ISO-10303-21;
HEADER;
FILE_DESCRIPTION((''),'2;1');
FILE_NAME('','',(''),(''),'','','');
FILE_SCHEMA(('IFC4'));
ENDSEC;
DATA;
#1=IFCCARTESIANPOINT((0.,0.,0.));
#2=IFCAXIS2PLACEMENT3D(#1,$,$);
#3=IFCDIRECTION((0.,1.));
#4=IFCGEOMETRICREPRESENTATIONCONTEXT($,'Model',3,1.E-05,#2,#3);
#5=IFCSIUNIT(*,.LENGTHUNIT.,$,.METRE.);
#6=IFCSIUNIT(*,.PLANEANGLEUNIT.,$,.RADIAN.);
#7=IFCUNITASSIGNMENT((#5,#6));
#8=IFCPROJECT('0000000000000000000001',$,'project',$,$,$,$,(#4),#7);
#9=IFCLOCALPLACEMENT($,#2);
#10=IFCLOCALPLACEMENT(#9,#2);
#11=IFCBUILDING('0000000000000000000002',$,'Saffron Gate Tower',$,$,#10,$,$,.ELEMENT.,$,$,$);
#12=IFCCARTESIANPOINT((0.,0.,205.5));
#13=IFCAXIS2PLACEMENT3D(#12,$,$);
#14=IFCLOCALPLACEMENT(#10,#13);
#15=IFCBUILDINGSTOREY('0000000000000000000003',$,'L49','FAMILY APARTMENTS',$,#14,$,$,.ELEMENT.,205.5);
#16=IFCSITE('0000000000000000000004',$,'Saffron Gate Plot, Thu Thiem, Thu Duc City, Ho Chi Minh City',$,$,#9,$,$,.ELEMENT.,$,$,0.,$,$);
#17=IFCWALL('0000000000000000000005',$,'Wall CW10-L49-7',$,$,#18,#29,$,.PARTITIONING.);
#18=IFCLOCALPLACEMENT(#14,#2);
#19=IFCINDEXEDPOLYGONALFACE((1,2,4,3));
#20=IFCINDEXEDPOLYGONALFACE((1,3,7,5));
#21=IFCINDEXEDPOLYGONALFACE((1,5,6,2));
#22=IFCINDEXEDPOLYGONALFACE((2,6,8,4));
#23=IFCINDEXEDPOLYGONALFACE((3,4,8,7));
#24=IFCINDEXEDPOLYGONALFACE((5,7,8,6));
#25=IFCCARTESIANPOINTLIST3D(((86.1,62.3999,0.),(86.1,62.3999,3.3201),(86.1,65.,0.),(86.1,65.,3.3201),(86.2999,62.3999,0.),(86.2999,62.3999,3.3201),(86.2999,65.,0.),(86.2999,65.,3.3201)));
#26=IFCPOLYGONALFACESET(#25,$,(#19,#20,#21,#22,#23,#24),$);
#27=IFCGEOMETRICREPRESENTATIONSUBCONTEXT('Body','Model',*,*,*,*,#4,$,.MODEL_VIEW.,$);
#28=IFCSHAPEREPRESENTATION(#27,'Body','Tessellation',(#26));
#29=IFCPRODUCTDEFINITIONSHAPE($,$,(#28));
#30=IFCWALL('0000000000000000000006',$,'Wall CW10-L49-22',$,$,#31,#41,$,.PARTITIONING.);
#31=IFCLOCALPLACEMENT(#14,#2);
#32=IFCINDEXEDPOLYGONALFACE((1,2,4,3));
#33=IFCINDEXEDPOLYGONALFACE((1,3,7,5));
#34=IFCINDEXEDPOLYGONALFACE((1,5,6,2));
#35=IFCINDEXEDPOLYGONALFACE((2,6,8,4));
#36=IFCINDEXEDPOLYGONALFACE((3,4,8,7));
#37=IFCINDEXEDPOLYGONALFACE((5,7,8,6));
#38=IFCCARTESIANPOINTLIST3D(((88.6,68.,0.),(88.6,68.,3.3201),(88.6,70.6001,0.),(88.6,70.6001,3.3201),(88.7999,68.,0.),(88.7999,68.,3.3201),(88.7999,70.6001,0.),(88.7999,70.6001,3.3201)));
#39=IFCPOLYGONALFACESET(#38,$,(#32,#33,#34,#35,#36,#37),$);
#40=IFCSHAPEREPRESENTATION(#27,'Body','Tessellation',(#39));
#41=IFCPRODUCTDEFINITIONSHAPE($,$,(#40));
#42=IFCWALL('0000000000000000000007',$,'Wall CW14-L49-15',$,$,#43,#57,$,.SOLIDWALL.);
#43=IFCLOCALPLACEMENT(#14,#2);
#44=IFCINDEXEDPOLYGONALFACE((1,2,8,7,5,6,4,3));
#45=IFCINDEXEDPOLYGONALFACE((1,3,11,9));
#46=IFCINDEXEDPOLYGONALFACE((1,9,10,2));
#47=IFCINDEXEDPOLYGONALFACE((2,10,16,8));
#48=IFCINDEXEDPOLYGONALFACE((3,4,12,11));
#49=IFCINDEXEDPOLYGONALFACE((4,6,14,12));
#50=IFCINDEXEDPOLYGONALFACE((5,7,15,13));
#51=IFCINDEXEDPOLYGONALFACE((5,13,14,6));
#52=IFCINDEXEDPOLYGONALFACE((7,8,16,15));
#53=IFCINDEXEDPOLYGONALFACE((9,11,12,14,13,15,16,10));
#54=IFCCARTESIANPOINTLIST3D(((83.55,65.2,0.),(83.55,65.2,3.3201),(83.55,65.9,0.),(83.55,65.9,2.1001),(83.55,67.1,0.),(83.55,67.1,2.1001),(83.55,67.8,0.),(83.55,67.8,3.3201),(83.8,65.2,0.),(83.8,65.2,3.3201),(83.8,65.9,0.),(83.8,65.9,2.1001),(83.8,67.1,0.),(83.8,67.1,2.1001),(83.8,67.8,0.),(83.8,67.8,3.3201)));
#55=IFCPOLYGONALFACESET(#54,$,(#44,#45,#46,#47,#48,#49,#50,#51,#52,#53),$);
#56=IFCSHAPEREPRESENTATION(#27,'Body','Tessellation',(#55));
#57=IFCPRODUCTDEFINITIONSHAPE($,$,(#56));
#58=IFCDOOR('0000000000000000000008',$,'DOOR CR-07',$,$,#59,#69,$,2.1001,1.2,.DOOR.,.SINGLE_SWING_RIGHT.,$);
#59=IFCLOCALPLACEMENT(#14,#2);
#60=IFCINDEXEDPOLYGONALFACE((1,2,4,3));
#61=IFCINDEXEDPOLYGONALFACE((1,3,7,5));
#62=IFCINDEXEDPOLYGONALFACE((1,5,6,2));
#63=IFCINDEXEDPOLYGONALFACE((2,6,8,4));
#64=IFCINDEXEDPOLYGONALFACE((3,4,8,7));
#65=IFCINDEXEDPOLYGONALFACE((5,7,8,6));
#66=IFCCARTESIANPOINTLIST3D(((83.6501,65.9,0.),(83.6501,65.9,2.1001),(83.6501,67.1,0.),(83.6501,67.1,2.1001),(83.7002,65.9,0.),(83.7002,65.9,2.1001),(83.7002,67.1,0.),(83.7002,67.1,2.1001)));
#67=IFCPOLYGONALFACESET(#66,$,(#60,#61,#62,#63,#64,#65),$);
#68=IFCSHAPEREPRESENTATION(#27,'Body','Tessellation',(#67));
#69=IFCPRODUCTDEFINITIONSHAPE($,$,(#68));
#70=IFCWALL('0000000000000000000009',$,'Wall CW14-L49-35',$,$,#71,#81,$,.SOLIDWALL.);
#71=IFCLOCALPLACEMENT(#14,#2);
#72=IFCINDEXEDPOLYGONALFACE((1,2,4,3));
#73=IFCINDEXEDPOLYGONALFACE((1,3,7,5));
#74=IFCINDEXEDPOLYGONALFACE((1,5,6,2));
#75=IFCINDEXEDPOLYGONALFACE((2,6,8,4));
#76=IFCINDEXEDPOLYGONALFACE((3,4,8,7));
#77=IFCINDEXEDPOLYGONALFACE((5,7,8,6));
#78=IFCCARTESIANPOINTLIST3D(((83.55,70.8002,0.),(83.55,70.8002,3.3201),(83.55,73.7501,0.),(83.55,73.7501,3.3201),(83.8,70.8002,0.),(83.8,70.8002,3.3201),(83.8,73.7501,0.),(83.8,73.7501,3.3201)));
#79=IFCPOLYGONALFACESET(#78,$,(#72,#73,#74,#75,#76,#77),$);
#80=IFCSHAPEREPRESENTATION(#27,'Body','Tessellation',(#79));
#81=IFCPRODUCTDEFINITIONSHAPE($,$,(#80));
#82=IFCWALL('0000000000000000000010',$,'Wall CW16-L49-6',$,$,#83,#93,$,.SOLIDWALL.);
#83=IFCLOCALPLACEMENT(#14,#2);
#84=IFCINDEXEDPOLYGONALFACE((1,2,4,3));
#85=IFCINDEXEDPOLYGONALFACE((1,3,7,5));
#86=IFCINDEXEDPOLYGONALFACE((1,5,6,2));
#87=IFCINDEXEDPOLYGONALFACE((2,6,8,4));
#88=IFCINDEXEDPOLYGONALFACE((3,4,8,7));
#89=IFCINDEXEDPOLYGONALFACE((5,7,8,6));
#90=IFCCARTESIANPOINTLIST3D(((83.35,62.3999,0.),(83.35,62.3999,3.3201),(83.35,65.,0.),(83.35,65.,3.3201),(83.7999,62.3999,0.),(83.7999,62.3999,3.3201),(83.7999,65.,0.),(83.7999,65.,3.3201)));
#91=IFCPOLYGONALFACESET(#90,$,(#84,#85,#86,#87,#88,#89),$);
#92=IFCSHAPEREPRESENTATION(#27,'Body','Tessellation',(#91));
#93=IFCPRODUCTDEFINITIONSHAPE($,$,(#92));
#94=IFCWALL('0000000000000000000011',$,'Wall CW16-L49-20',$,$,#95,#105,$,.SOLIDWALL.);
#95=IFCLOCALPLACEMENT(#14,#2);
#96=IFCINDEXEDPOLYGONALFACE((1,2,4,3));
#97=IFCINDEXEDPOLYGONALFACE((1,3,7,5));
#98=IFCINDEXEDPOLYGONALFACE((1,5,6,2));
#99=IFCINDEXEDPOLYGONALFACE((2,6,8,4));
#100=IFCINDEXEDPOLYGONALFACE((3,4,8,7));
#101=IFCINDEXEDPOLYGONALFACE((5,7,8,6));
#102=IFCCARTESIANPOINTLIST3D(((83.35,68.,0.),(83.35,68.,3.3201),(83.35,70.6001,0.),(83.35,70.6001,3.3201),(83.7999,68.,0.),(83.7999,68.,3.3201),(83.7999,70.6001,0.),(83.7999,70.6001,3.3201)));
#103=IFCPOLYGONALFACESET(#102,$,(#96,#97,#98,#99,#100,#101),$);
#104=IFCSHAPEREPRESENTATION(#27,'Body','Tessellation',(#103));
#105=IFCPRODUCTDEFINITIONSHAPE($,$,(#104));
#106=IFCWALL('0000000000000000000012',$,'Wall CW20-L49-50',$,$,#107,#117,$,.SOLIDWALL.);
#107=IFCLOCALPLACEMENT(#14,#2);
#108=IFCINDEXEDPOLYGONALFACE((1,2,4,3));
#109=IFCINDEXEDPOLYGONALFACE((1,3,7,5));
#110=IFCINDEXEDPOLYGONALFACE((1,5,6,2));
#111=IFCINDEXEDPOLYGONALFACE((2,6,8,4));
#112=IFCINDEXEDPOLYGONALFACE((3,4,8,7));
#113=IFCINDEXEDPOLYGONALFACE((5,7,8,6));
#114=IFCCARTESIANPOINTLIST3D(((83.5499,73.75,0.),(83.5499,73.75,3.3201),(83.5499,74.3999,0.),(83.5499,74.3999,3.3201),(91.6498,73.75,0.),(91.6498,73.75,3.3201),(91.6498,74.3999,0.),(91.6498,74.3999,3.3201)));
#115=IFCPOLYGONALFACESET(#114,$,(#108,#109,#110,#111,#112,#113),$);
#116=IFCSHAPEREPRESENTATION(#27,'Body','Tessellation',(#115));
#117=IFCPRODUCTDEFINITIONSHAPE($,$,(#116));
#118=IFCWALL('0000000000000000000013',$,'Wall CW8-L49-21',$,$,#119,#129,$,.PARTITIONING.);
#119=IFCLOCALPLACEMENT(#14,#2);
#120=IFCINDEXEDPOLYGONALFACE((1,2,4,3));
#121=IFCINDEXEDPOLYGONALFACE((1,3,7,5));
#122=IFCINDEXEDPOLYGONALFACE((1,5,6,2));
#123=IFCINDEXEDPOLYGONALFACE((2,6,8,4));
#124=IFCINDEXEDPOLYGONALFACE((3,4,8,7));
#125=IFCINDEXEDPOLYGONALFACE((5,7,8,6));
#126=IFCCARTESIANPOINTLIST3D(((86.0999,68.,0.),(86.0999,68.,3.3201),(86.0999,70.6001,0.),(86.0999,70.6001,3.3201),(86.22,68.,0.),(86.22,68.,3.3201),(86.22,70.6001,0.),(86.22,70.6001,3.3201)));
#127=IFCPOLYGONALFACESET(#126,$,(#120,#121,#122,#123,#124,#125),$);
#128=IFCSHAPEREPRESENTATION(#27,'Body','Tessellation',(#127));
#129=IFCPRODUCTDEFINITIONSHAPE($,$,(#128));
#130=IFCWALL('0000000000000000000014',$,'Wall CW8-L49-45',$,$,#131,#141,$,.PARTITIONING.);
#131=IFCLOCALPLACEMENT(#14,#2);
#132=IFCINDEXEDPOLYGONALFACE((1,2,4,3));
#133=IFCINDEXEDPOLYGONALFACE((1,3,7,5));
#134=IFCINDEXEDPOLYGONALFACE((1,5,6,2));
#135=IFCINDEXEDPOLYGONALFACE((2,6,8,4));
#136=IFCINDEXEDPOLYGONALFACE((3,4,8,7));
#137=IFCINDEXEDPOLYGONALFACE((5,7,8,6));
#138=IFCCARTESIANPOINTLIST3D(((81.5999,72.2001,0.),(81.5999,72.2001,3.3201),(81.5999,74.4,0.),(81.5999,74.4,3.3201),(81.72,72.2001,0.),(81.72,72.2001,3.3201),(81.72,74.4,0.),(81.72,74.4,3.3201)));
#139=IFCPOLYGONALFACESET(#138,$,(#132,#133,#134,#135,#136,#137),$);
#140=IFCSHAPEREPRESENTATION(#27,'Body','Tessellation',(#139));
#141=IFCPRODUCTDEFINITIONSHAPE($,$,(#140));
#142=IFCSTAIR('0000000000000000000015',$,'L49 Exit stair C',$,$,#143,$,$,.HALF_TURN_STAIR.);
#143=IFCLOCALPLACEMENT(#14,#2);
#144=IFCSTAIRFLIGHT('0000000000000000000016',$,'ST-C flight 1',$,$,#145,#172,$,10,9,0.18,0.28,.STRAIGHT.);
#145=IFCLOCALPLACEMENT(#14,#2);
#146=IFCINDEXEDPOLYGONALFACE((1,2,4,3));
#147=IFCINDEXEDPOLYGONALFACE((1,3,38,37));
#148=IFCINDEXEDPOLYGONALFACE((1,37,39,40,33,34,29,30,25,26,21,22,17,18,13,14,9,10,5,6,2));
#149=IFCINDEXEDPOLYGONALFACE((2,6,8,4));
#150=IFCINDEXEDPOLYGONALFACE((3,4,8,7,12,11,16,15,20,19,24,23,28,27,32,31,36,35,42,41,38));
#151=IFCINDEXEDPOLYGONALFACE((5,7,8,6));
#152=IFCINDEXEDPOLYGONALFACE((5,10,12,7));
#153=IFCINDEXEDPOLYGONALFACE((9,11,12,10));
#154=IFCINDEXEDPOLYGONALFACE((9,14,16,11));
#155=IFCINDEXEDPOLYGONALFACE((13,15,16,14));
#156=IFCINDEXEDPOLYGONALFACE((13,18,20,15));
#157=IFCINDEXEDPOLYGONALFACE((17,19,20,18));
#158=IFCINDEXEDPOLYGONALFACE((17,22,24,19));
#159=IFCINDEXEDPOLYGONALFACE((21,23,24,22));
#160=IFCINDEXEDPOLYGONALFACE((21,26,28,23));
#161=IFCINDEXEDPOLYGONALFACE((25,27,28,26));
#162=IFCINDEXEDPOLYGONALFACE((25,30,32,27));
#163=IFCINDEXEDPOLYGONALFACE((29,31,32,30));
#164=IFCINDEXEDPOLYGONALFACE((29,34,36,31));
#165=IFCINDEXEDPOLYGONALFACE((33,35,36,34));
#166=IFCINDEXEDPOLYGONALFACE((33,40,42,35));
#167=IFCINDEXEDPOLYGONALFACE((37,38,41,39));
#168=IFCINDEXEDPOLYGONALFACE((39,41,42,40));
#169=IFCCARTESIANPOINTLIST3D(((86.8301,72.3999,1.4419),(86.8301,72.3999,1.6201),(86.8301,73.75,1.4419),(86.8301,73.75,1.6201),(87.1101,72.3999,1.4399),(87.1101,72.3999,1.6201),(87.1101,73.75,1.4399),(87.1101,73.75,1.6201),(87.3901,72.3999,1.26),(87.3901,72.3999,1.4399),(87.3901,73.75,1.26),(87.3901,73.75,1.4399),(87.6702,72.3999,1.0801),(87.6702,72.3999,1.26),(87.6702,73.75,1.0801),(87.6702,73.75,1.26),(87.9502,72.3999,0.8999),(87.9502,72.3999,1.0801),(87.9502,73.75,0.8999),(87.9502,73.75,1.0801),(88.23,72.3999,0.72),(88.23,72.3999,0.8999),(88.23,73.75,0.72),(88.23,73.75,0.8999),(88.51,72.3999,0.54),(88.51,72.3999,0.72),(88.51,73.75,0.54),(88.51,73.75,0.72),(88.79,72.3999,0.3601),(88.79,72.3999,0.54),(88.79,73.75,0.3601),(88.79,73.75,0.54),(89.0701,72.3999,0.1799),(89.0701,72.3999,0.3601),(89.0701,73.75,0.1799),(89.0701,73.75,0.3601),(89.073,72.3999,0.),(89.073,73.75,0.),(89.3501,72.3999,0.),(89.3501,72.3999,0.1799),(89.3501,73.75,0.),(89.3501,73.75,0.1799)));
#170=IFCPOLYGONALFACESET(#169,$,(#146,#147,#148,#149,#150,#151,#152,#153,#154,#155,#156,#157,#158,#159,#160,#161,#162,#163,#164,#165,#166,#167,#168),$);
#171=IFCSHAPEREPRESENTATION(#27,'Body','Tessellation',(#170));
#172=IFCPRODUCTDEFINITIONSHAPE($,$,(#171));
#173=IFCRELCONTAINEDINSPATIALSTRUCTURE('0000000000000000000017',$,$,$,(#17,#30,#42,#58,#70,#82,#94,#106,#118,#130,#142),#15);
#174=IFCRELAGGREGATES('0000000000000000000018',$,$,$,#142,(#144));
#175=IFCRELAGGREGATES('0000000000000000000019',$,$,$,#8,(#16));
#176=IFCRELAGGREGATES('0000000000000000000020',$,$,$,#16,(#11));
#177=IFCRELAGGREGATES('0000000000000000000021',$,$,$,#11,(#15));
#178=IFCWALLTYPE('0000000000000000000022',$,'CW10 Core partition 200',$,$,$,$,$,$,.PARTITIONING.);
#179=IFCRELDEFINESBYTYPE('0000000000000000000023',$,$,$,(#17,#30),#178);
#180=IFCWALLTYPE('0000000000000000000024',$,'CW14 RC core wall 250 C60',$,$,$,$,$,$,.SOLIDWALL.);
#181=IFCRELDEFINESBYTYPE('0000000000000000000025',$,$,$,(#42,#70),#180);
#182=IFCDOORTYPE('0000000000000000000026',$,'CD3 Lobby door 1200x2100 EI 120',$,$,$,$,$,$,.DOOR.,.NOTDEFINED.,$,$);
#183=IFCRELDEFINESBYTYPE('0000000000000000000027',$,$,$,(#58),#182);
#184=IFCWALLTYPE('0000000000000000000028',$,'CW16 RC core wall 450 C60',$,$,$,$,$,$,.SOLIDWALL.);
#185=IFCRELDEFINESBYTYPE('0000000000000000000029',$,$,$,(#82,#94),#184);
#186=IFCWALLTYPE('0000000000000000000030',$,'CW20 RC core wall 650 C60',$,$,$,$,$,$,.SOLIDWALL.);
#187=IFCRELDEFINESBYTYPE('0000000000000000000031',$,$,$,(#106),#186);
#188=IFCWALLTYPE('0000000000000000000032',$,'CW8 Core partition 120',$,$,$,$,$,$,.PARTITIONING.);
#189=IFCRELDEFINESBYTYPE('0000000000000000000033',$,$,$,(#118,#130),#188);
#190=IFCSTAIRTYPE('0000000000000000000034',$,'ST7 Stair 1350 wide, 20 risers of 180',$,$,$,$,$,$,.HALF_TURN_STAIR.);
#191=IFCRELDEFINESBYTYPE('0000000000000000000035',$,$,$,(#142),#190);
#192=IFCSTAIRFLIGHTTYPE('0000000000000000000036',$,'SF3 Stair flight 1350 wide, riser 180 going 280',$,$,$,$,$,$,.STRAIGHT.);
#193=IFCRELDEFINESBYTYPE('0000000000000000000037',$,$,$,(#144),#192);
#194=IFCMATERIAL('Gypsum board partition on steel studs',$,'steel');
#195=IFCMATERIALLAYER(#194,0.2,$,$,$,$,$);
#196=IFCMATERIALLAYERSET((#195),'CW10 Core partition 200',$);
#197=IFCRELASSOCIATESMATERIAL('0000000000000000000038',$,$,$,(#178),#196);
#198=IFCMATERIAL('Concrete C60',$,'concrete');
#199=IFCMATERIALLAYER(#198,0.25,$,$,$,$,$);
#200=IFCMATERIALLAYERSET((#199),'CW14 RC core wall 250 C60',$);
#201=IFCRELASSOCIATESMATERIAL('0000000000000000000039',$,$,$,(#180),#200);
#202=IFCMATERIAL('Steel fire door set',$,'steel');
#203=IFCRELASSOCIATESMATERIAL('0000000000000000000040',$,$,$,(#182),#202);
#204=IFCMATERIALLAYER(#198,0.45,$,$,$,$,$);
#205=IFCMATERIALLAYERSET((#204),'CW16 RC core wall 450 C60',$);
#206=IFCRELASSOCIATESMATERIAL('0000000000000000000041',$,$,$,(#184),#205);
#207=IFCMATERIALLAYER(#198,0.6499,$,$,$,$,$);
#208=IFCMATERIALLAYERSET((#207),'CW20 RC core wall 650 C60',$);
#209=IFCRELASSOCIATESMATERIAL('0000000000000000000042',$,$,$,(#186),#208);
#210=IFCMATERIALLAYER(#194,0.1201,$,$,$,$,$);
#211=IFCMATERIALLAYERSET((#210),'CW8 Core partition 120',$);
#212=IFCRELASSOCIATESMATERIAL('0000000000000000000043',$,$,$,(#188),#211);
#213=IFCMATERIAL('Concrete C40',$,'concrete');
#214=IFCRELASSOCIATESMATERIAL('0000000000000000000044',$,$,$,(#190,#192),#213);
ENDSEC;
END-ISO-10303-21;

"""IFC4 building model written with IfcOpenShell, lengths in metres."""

from ifc_helpers import new_model, si_unit, direction, frame, frame_2d, origin, place, context, subcontext, project, spatial, polyline, rectangle, outline, extrude, material, layer, layer_set, type_object, element, fill, aggregate, save


model = new_model("IFC4")

# Units and contexts
model_context = context("Model", 3, precision=1e-05, world=origin(), true_north=direction((0.0, 1.0)))
body_context = subcontext(model_context, "Body", "Model", "MODEL_VIEW")
ifc_project = project(units=[si_unit("LENGTHUNIT", "METRE"), si_unit("PLANEANGLEUNIT", "RADIAN")], contexts=[model_context])

# Site, building, storey
site_placement = place(None, origin())
site = spatial("IfcSite", under=ifc_project, at=site_placement, Name="Saffron Gate Plot, Thu Thiem, Thu Duc City, Ho Chi Minh City", CompositionType="ELEMENT", RefElevation=0.0)
building_placement = place(site_placement, origin())
building = spatial("IfcBuilding", under=site, at=building_placement, Name="Saffron Gate Tower", CompositionType="ELEMENT")
storey_placement = place(building_placement, frame((0.0, 0.0, 205.5)))
storey = spatial("IfcBuildingStorey", under=building, at=storey_placement, Name="L49", Description="FAMILY APARTMENTS", CompositionType="ELEMENT", Elevation=205.5)

# Walls
ifc_material_1 = material(Name="Gypsum board partition on steel studs", Category="steel")
ifc_layer_1 = layer(ifc_material_1, 0.2)
ifc_layer_set_1 = layer_set([ifc_layer_1], Name="CW10 Core partition 200")
wall_type_1 = type_object("IfcWallType", Name="CW10 Core partition 200", PredefinedType="PARTITIONING", material=ifc_layer_set_1)
for number, where, z_axis, x_axis, name in (
    (1, (86.2, 62.3999, 0.0), (0.0, 0.0, 1.0), (0.0, 1.0, 0.0), "Wall CW10-L49-7"),
    (2, (88.7, 68.0, 0.0), (0.0, 0.0, 1.0), (0.0, 1.0, 0.0), "Wall CW10-L49-22"),
):
    element("IfcWall", number, at=place(storey_placement, frame(where, z_axis=z_axis, x_axis=x_axis)), inside=storey, type_object=wall_type_1, Name=name, PredefinedType="PARTITIONING", context=body_context, shape_type="SweptSolid", body=[
        extrude(rectangle(XDim=2.6001, YDim=0.2, at=frame_2d((1.3, 0.0))), origin(), (0.0, 0.0, 1.0), 3.3201),
    ])

# Wall, opening, door
ifc_material_2 = material(Name="Concrete C60", Category="concrete")
ifc_layer_2 = layer(ifc_material_2, 0.25)
ifc_layer_set_2 = layer_set([ifc_layer_2], Name="CW14 RC core wall 250 C60")
wall_type_2 = type_object("IfcWallType", Name="CW14 RC core wall 250 C60", PredefinedType="SOLIDWALL", material=ifc_layer_set_2)
wall_1_placement = place(storey_placement, frame((83.675, 65.2, 0.0), z_axis=(0.0, 0.0, 1.0), x_axis=(0.0, 1.0, 0.0)))
wall_1 = element("IfcWall", 3, at=wall_1_placement, inside=storey, type_object=wall_type_2, Name="Wall CW14-L49-15", PredefinedType="SOLIDWALL", context=body_context, shape_type="SweptSolid", body=[
    extrude(rectangle(XDim=2.6001, YDim=0.25, at=frame_2d((1.3, 0.0))), origin(), (0.0, 0.0, 1.0), 3.3201),
])
opening_placement = place(wall_1_placement, frame((0.7, 0.0, 0.0)))
opening = element("IfcOpeningElement", 4, at=opening_placement, cuts=wall_1, PredefinedType="OPENING", context=body_context, shape_type="SweptSolid", body=[
    extrude(rectangle(XDim=1.2, YDim=2.1001, at=frame_2d((0.6001, 1.05))), frame((0.0, 0.135, 0.0), z_axis=(0.0, -1.0, 0.0), x_axis=(1.0, 0.0, 0.0)), (0.0, 0.0, 1.0), 0.27),
])
ifc_material_3 = material(Name="Steel fire door set", Category="steel")
door_type = type_object("IfcDoorType", Name="CD3 Lobby door 1200x2100 EI 120", OperationType="NOTDEFINED", PredefinedType="DOOR", material=ifc_material_3)
door_placement = place(opening_placement, origin())
door = element("IfcDoor", 5, at=door_placement, inside=storey, type_object=door_type, Name="DOOR CR-07", OperationType="SINGLE_SWING_RIGHT", OverallHeight=2.1001, OverallWidth=1.2, PredefinedType="DOOR", context=body_context, shape_type="SweptSolid", body=[
    extrude(rectangle(XDim=1.2, YDim=2.1001, at=frame_2d((0.6001, 1.05))), frame((0.0, 0.0249, 0.0), z_axis=(0.0, -1.0, 0.0), x_axis=(1.0, 0.0, 0.0)), (0.0, 0.0, 1.0), 0.05),
])
fill(opening, door)

# Walls
wall_2_placement = place(storey_placement, frame((83.675, 70.8, 0.0), z_axis=(0.0, 0.0, 1.0), x_axis=(0.0, 1.0, 0.0)))
element("IfcWall", 6, at=wall_2_placement, inside=storey, type_object=wall_type_2, Name="Wall CW14-L49-35", PredefinedType="SOLIDWALL", context=body_context, shape_type="SweptSolid", body=[
    extrude(rectangle(XDim=2.95, YDim=0.25, at=frame_2d((1.4751, 0.0))), origin(), (0.0, 0.0, 1.0), 3.3201),
])
ifc_layer_3 = layer(ifc_material_2, 0.45)
ifc_layer_set_3 = layer_set([ifc_layer_3], Name="CW16 RC core wall 450 C60")
wall_type_3 = type_object("IfcWallType", Name="CW16 RC core wall 450 C60", PredefinedType="SOLIDWALL", material=ifc_layer_set_3)
for number, where, z_axis, x_axis, name in (
    (7, (83.575, 62.3999, 0.0), (0.0, 0.0, 1.0), (0.0, 1.0, 0.0), "Wall CW16-L49-6"),
    (8, (83.575, 68.0, 0.0), (0.0, 0.0, 1.0), (0.0, 1.0, 0.0), "Wall CW16-L49-20"),
):
    element("IfcWall", number, at=place(storey_placement, frame(where, z_axis=z_axis, x_axis=x_axis)), inside=storey, type_object=wall_type_3, Name=name, PredefinedType="SOLIDWALL", context=body_context, shape_type="SweptSolid", body=[
        extrude(rectangle(XDim=2.6001, YDim=0.45, at=frame_2d((1.3, 0.0))), origin(), (0.0, 0.0, 1.0), 3.3201),
    ])
ifc_layer_4 = layer(ifc_material_2, 0.6499)
ifc_layer_set_4 = layer_set([ifc_layer_4], Name="CW20 RC core wall 650 C60")
wall_type_4 = type_object("IfcWallType", Name="CW20 RC core wall 650 C60", PredefinedType="SOLIDWALL", material=ifc_layer_set_4)
wall_3_placement = place(storey_placement, frame((83.55, 74.075, 0.0), z_axis=(0.0, 0.0, 1.0), x_axis=(1.0, 0.0, 0.0)))
element("IfcWall", 9, at=wall_3_placement, inside=storey, type_object=wall_type_4, Name="Wall CW20-L49-50", PredefinedType="SOLIDWALL", context=body_context, shape_type="SweptSolid", body=[
    extrude(rectangle(XDim=8.0999, YDim=0.6499, at=frame_2d((4.0498, 0.0))), origin(), (0.0, 0.0, 1.0), 3.3201),
])
ifc_layer_5 = layer(ifc_material_1, 0.1201)
ifc_layer_set_5 = layer_set([ifc_layer_5], Name="CW8 Core partition 120")
wall_type_5 = type_object("IfcWallType", Name="CW8 Core partition 120", PredefinedType="PARTITIONING", material=ifc_layer_set_5)
wall_4_placement = place(storey_placement, frame((86.1599, 68.0, 0.0), z_axis=(0.0, 0.0, 1.0), x_axis=(0.0, 1.0, 0.0)))
element("IfcWall", 10, at=wall_4_placement, inside=storey, type_object=wall_type_5, Name="Wall CW8-L49-21", PredefinedType="PARTITIONING", context=body_context, shape_type="SweptSolid", body=[
    extrude(rectangle(XDim=2.6001, YDim=0.1201, at=frame_2d((1.3, 0.0))), origin(), (0.0, 0.0, 1.0), 3.3201),
])
wall_5_placement = place(storey_placement, frame((81.6599, 72.2, 0.0), z_axis=(0.0, 0.0, 1.0), x_axis=(0.0, 1.0, 0.0)))
element("IfcWall", 11, at=wall_5_placement, inside=storey, type_object=wall_type_5, Name="Wall CW8-L49-45", PredefinedType="PARTITIONING", context=body_context, shape_type="SweptSolid", body=[
    extrude(rectangle(XDim=2.2, YDim=0.1201, at=frame_2d((1.1001, 0.0))), origin(), (0.0, 0.0, 1.0), 3.3201),
])

# Stair, stair flight
ifc_material_4 = material(Name="Concrete C40", Category="concrete")
stair_type = type_object("IfcStairType", Name="ST7 Stair 1350 wide, 20 risers of 180", PredefinedType="HALF_TURN_STAIR", material=ifc_material_4)
stair_placement = place(storey_placement, origin())
stair = element("IfcStair", 12, at=stair_placement, inside=storey, type_object=stair_type, Name="L49 Exit stair C", PredefinedType="HALF_TURN_STAIR")
stair_flight_type = type_object("IfcStairFlightType", Name="SF3 Stair flight 1350 wide, riser 180 going 280", PredefinedType="STRAIGHT", material=ifc_material_4)
stair_flight_1_placement = place(storey_placement, frame((89.3501, 73.075, 0.0), z_axis=(0.0, 0.0, 1.0), x_axis=(-1.0, 0.0, 0.0)))
stair_flight_1 = element("IfcStairFlight", 13, at=stair_flight_1_placement, type_object=stair_flight_type, Name="ST-C flight 1", NumberOfRisers=10, NumberOfTreads=9, PredefinedType="STRAIGHT", RiserHeight=0.18, TreadLength=0.28, context=body_context, shape_type="SweptSolid", body=[
    extrude(outline(polyline([(0.0, 0.0), (0.0, 0.1799), (0.28, 0.1799), (0.28, 0.3601), (0.5601, 0.3601), (0.5601, 0.54), (0.8401, 0.54), (0.8401, 0.72), (1.1201, 0.72), (1.1201, 0.8999), (1.3999, 0.8999), (1.3999, 1.0801), (1.6799, 1.0801), (1.6799, 1.26), (1.96, 1.26), (1.96, 1.4399), (2.24, 1.4399), (2.24, 1.6201), (2.52, 1.6201), (2.52, 1.8), (2.52, 1.4419), (0.2771, 0.0), (0.0, 0.0)])), frame((0.0, 0.675, 0.0), z_axis=(0.0, -1.0, 0.0), x_axis=(1.0, 0.0, 0.0)), (0.0, 0.0, 1.0), 1.3501),
])
aggregate(stair, [stair_flight_1])

save(model, "model.ifc")
